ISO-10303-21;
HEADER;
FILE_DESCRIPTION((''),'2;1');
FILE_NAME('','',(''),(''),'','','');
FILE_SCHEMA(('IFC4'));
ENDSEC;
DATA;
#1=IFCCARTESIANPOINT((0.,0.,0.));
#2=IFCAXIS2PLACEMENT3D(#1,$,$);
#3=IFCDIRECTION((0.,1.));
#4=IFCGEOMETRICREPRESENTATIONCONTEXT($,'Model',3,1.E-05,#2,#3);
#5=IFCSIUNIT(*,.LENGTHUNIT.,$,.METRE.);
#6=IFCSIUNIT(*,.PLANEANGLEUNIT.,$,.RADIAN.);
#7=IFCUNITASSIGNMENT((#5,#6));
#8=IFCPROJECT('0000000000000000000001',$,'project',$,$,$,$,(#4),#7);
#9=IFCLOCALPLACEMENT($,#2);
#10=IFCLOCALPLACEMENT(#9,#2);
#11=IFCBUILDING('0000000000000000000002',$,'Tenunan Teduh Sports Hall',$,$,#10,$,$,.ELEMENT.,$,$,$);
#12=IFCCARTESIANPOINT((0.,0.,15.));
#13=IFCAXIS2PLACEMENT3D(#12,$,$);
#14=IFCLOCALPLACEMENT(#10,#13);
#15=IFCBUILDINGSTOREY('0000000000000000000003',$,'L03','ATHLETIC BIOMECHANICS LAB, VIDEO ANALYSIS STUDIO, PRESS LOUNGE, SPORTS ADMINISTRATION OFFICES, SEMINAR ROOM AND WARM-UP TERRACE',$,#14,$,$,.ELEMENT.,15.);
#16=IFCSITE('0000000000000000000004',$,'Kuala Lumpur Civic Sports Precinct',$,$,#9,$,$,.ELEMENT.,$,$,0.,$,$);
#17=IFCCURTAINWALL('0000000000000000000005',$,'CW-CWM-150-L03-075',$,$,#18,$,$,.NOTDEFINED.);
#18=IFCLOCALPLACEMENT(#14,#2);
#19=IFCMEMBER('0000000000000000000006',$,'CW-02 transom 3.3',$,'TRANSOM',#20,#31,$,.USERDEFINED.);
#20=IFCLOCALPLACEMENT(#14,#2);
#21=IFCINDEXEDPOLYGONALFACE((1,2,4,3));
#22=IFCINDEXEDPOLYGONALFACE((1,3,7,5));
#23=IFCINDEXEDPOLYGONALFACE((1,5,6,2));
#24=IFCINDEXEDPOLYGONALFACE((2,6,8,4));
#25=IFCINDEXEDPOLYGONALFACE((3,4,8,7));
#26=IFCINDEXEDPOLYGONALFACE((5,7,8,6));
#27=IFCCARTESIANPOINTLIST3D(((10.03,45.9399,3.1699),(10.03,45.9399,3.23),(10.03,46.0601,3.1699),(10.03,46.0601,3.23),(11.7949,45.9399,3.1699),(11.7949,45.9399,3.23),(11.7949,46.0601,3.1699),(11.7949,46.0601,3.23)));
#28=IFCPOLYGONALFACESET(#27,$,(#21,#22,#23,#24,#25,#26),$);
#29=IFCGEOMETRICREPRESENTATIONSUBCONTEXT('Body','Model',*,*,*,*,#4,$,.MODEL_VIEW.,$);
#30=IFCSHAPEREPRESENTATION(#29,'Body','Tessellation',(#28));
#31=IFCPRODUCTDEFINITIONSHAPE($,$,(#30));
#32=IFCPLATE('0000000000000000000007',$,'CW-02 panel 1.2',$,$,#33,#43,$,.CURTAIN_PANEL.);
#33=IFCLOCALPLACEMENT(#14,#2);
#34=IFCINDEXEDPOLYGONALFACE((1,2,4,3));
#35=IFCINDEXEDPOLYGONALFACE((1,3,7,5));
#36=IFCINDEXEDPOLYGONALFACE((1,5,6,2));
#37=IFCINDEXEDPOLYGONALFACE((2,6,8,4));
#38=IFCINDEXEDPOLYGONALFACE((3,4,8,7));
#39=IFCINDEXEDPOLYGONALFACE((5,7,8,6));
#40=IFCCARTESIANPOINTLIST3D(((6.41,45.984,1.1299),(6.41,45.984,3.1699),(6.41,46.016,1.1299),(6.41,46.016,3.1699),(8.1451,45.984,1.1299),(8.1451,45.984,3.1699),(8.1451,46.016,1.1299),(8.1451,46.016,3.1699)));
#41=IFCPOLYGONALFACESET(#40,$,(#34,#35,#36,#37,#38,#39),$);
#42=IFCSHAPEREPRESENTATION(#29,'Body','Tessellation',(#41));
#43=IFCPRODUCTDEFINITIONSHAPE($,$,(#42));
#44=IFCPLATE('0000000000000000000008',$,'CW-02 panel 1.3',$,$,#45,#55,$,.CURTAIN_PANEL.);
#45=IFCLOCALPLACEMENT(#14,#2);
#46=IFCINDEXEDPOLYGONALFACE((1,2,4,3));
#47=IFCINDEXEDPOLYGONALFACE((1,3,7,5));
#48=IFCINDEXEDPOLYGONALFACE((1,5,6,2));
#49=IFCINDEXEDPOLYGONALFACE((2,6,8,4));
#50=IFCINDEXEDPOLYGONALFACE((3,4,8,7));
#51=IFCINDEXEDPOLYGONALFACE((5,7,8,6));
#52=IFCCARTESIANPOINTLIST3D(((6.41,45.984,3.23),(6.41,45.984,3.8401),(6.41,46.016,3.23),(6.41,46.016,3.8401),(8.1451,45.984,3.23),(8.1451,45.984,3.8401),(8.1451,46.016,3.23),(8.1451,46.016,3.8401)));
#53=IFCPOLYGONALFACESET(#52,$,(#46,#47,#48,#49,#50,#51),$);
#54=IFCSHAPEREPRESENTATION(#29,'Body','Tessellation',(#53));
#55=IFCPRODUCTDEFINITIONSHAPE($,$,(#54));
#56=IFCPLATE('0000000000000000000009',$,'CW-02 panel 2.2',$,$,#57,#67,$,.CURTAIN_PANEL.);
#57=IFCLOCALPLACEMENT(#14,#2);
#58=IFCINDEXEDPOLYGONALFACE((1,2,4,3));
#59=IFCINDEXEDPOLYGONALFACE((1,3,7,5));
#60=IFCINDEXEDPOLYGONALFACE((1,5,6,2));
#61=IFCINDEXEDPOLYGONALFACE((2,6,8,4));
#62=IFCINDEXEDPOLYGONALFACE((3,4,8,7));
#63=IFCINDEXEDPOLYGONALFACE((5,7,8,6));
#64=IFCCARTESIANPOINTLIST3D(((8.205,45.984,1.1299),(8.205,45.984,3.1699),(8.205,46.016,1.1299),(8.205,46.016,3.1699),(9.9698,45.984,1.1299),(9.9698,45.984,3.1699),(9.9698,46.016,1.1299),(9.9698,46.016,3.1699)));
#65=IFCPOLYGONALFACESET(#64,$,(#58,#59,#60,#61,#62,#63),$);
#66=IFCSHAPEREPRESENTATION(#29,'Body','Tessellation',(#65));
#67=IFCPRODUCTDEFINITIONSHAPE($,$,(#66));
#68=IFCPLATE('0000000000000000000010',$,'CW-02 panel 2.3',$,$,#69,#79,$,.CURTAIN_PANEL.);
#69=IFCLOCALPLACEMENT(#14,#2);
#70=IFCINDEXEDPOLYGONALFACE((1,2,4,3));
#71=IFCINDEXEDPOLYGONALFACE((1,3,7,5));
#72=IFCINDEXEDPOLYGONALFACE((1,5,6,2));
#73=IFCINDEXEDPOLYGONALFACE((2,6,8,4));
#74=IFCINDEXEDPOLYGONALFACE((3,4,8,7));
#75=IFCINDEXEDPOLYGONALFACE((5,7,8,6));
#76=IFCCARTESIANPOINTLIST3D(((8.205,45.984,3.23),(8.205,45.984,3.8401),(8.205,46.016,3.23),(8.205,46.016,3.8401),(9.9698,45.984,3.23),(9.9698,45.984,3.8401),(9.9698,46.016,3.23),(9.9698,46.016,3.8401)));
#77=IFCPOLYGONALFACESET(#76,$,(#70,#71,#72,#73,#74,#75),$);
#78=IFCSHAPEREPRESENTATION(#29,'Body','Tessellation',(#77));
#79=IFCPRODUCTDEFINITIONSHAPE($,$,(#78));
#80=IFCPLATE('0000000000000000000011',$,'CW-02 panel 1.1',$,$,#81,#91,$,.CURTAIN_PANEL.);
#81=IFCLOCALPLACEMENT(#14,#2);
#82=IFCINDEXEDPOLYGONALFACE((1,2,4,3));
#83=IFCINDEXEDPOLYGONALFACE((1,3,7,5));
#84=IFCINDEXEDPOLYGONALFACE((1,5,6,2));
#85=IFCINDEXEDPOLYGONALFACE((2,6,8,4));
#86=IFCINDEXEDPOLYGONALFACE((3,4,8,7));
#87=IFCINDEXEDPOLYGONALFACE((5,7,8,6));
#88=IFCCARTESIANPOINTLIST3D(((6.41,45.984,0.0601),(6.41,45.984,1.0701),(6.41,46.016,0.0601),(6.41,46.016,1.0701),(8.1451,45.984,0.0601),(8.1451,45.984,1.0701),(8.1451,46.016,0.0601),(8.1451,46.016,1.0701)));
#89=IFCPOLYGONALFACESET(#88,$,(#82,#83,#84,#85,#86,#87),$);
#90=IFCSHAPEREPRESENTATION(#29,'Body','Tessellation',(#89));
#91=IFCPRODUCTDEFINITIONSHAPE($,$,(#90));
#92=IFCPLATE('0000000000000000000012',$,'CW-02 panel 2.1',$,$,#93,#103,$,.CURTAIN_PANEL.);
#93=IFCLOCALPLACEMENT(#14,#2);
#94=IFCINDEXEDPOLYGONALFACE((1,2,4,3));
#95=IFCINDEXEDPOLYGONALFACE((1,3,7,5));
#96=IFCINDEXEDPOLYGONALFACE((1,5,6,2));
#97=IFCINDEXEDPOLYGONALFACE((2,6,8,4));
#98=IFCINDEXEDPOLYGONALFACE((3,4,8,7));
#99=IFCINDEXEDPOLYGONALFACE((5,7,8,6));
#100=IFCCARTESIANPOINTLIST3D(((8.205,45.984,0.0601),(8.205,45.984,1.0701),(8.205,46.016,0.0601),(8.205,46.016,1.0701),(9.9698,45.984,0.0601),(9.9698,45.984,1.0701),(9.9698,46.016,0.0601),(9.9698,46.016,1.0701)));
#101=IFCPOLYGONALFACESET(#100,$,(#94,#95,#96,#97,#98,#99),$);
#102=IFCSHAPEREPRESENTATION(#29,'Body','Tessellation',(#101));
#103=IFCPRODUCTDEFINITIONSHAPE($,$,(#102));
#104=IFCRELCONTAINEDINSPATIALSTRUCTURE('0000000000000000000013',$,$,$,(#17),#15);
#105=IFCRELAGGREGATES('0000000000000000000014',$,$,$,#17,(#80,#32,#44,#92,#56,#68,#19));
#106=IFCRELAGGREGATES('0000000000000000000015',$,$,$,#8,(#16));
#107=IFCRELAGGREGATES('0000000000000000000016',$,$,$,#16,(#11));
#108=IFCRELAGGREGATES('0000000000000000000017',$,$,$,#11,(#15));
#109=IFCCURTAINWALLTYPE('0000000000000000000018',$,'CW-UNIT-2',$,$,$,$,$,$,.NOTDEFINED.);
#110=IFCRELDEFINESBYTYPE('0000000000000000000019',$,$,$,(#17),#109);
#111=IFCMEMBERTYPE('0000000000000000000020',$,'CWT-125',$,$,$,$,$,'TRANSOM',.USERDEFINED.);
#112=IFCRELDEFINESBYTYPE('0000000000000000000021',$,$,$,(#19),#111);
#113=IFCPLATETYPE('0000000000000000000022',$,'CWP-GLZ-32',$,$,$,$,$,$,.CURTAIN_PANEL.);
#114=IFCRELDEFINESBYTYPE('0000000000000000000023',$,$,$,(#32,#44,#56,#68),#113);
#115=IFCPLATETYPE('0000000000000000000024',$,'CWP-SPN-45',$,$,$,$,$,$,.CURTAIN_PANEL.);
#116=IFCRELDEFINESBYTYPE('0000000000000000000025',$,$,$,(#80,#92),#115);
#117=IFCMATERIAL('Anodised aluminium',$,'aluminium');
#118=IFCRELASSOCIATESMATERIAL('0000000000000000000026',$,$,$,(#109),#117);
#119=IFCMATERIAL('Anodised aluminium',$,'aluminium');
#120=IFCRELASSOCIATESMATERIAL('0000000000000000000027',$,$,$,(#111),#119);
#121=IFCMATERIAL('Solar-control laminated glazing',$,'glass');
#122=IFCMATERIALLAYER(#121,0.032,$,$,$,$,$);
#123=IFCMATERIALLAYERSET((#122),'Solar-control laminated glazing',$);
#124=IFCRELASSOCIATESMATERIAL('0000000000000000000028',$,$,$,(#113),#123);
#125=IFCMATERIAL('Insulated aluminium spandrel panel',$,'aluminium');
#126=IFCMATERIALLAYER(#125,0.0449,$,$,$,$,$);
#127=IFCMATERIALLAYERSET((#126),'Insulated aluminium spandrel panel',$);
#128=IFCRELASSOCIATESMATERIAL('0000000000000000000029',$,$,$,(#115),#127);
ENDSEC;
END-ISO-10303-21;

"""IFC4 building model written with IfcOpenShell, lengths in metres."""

from ifc_helpers import new_model, si_unit, direction, frame, origin, origin_2d, place, context, subcontext, project, spatial, rectangle, extrude, material, layer, layer_set, material_profile, profile_set, type_object, element, aggregate, save


model = new_model("IFC4")

# Units and contexts
model_context = context("Model", 3, precision=1e-05, world=origin(), true_north=direction((0.0, 1.0)))
body_context = subcontext(model_context, "Body", "Model", "MODEL_VIEW")
ifc_project = project(units=[si_unit("LENGTHUNIT", "METRE"), si_unit("PLANEANGLEUNIT", "RADIAN")], contexts=[model_context])

# Site, building, storey
site_placement = place(None, origin())
site = spatial("IfcSite", under=ifc_project, at=site_placement, Name="Kuala Lumpur Civic Sports Precinct", CompositionType="ELEMENT", RefElevation=0.0)
building_placement = place(site_placement, origin())
building = spatial("IfcBuilding", under=site, at=building_placement, Name="Tenunan Teduh Sports Hall", CompositionType="ELEMENT")
storey_placement = place(building_placement, frame((0.0, 0.0, 15.0)))
storey = spatial("IfcBuildingStorey", under=building, at=storey_placement, Name="L03", Description="ATHLETIC BIOMECHANICS LAB, VIDEO ANALYSIS STUDIO, PRESS LOUNGE, SPORTS ADMINISTRATION OFFICES, SEMINAR ROOM AND WARM-UP TERRACE", CompositionType="ELEMENT", Elevation=15.0)

# Curtain wall, member, plates
ifc_material_1 = material(Name="Anodised aluminium", Category="aluminium")
curtain_wall_type = type_object("IfcCurtainWallType", Name="CW-UNIT-2", PredefinedType="NOTDEFINED", material=ifc_material_1)
curtain_wall_placement = place(storey_placement, origin())
curtain_wall = element("IfcCurtainWall", 1, at=curtain_wall_placement, inside=storey, type_object=curtain_wall_type, Name="CW-CWM-150-L03-075", PredefinedType="NOTDEFINED")
ifc_material_2 = material(Name="Anodised aluminium", Category="aluminium")
ifc_material_profile_1 = material_profile(ifc_material_2, rectangle(XDim=0.0601, YDim=0.1201, at=origin_2d()), Name="CWT 60x120")
ifc_profile_set_1 = profile_set([ifc_material_profile_1], Name="Anodised aluminium")
member_type_1 = type_object("IfcMemberType", Name="CWT-125", ElementType="TRANSOM", PredefinedType="USERDEFINED", material=ifc_profile_set_1)
member_1_placement = place(storey_placement, frame((10.03, 46.0, 3.2), z_axis=(1.0, 0.0, 0.0), x_axis=(0.0, 0.0, 1.0)))
member_1 = element("IfcMember", 2, at=member_1_placement, type_object=member_type_1, Name="CW-02 transom 3.3", ObjectType="TRANSOM", PredefinedType="USERDEFINED", context=body_context, shape_type="SweptSolid", body=[
    extrude(rectangle(XDim=0.0601, YDim=0.1201, at=origin_2d()), origin(), (0.0, 0.0, 1.0), 1.7649),
])
ifc_material_3 = material(Name="Solar-control laminated glazing", Category="glass")
ifc_layer_1 = layer(ifc_material_3, 0.032)
ifc_layer_set_1 = layer_set([ifc_layer_1], Name="Solar-control laminated glazing")
plate_type_1 = type_object("IfcPlateType", Name="CWP-GLZ-32", PredefinedType="CURTAIN_PANEL", material=ifc_layer_set_1)
plate_1_placement = place(storey_placement, frame((7.2776, 46.0, 1.1299), z_axis=(0.0, 0.0, 1.0), x_axis=(1.0, 0.0, 0.0)))
plate_1 = element("IfcPlate", 3, at=plate_1_placement, type_object=plate_type_1, Name="CW-02 panel 1.2", PredefinedType="CURTAIN_PANEL", context=body_context, shape_type="SweptSolid", body=[
    extrude(rectangle(XDim=1.7351, YDim=0.032, at=origin_2d()), origin(), (0.0, 0.0, 1.0), 2.04),
])
plate_2_placement = place(storey_placement, frame((7.2776, 46.0, 3.23), z_axis=(0.0, 0.0, 1.0), x_axis=(1.0, 0.0, 0.0)))
plate_2 = element("IfcPlate", 4, at=plate_2_placement, type_object=plate_type_1, Name="CW-02 panel 1.3", PredefinedType="CURTAIN_PANEL", context=body_context, shape_type="SweptSolid", body=[
    extrude(rectangle(XDim=1.7351, YDim=0.032, at=origin_2d()), origin(), (0.0, 0.0, 1.0), 0.6101),
])
plate_3_placement = place(storey_placement, frame((9.0874, 46.0, 1.1299), z_axis=(0.0, 0.0, 1.0), x_axis=(1.0, 0.0, 0.0)))
plate_3 = element("IfcPlate", 5, at=plate_3_placement, type_object=plate_type_1, Name="CW-02 panel 2.2", PredefinedType="CURTAIN_PANEL", context=body_context, shape_type="SweptSolid", body=[
    extrude(rectangle(XDim=1.7649, YDim=0.032, at=origin_2d()), origin(), (0.0, 0.0, 1.0), 2.04),
])
plate_4_placement = place(storey_placement, frame((9.0874, 46.0, 3.23), z_axis=(0.0, 0.0, 1.0), x_axis=(1.0, 0.0, 0.0)))
plate_4 = element("IfcPlate", 6, at=plate_4_placement, type_object=plate_type_1, Name="CW-02 panel 2.3", PredefinedType="CURTAIN_PANEL", context=body_context, shape_type="SweptSolid", body=[
    extrude(rectangle(XDim=1.7649, YDim=0.032, at=origin_2d()), origin(), (0.0, 0.0, 1.0), 0.6101),
])
ifc_material_4 = material(Name="Insulated aluminium spandrel panel", Category="aluminium")
ifc_layer_2 = layer(ifc_material_4, 0.0449)
ifc_layer_set_2 = layer_set([ifc_layer_2], Name="Insulated aluminium spandrel panel")
plate_type_2 = type_object("IfcPlateType", Name="CWP-SPN-45", PredefinedType="CURTAIN_PANEL", material=ifc_layer_set_2)
plate_5_placement = place(storey_placement, frame((7.2776, 46.0, 0.0601), z_axis=(0.0, 0.0, 1.0), x_axis=(1.0, 0.0, 0.0)))
plate_5 = element("IfcPlate", 7, at=plate_5_placement, type_object=plate_type_2, Name="CW-02 panel 1.1", PredefinedType="CURTAIN_PANEL", context=body_context, shape_type="SweptSolid", body=[
    extrude(rectangle(XDim=1.7351, YDim=0.032, at=origin_2d()), origin(), (0.0, 0.0, 1.0), 1.01),
])
plate_6_placement = place(storey_placement, frame((9.0874, 46.0, 0.0601), z_axis=(0.0, 0.0, 1.0), x_axis=(1.0, 0.0, 0.0)))
plate_6 = element("IfcPlate", 8, at=plate_6_placement, type_object=plate_type_2, Name="CW-02 panel 2.1", PredefinedType="CURTAIN_PANEL", context=body_context, shape_type="SweptSolid", body=[
    extrude(rectangle(XDim=1.7649, YDim=0.032, at=origin_2d()), origin(), (0.0, 0.0, 1.0), 1.01),
])
aggregate(curtain_wall, [plate_5, plate_1, plate_2, plate_6, plate_3, plate_4, member_1])

save(model, "model.ifc")
